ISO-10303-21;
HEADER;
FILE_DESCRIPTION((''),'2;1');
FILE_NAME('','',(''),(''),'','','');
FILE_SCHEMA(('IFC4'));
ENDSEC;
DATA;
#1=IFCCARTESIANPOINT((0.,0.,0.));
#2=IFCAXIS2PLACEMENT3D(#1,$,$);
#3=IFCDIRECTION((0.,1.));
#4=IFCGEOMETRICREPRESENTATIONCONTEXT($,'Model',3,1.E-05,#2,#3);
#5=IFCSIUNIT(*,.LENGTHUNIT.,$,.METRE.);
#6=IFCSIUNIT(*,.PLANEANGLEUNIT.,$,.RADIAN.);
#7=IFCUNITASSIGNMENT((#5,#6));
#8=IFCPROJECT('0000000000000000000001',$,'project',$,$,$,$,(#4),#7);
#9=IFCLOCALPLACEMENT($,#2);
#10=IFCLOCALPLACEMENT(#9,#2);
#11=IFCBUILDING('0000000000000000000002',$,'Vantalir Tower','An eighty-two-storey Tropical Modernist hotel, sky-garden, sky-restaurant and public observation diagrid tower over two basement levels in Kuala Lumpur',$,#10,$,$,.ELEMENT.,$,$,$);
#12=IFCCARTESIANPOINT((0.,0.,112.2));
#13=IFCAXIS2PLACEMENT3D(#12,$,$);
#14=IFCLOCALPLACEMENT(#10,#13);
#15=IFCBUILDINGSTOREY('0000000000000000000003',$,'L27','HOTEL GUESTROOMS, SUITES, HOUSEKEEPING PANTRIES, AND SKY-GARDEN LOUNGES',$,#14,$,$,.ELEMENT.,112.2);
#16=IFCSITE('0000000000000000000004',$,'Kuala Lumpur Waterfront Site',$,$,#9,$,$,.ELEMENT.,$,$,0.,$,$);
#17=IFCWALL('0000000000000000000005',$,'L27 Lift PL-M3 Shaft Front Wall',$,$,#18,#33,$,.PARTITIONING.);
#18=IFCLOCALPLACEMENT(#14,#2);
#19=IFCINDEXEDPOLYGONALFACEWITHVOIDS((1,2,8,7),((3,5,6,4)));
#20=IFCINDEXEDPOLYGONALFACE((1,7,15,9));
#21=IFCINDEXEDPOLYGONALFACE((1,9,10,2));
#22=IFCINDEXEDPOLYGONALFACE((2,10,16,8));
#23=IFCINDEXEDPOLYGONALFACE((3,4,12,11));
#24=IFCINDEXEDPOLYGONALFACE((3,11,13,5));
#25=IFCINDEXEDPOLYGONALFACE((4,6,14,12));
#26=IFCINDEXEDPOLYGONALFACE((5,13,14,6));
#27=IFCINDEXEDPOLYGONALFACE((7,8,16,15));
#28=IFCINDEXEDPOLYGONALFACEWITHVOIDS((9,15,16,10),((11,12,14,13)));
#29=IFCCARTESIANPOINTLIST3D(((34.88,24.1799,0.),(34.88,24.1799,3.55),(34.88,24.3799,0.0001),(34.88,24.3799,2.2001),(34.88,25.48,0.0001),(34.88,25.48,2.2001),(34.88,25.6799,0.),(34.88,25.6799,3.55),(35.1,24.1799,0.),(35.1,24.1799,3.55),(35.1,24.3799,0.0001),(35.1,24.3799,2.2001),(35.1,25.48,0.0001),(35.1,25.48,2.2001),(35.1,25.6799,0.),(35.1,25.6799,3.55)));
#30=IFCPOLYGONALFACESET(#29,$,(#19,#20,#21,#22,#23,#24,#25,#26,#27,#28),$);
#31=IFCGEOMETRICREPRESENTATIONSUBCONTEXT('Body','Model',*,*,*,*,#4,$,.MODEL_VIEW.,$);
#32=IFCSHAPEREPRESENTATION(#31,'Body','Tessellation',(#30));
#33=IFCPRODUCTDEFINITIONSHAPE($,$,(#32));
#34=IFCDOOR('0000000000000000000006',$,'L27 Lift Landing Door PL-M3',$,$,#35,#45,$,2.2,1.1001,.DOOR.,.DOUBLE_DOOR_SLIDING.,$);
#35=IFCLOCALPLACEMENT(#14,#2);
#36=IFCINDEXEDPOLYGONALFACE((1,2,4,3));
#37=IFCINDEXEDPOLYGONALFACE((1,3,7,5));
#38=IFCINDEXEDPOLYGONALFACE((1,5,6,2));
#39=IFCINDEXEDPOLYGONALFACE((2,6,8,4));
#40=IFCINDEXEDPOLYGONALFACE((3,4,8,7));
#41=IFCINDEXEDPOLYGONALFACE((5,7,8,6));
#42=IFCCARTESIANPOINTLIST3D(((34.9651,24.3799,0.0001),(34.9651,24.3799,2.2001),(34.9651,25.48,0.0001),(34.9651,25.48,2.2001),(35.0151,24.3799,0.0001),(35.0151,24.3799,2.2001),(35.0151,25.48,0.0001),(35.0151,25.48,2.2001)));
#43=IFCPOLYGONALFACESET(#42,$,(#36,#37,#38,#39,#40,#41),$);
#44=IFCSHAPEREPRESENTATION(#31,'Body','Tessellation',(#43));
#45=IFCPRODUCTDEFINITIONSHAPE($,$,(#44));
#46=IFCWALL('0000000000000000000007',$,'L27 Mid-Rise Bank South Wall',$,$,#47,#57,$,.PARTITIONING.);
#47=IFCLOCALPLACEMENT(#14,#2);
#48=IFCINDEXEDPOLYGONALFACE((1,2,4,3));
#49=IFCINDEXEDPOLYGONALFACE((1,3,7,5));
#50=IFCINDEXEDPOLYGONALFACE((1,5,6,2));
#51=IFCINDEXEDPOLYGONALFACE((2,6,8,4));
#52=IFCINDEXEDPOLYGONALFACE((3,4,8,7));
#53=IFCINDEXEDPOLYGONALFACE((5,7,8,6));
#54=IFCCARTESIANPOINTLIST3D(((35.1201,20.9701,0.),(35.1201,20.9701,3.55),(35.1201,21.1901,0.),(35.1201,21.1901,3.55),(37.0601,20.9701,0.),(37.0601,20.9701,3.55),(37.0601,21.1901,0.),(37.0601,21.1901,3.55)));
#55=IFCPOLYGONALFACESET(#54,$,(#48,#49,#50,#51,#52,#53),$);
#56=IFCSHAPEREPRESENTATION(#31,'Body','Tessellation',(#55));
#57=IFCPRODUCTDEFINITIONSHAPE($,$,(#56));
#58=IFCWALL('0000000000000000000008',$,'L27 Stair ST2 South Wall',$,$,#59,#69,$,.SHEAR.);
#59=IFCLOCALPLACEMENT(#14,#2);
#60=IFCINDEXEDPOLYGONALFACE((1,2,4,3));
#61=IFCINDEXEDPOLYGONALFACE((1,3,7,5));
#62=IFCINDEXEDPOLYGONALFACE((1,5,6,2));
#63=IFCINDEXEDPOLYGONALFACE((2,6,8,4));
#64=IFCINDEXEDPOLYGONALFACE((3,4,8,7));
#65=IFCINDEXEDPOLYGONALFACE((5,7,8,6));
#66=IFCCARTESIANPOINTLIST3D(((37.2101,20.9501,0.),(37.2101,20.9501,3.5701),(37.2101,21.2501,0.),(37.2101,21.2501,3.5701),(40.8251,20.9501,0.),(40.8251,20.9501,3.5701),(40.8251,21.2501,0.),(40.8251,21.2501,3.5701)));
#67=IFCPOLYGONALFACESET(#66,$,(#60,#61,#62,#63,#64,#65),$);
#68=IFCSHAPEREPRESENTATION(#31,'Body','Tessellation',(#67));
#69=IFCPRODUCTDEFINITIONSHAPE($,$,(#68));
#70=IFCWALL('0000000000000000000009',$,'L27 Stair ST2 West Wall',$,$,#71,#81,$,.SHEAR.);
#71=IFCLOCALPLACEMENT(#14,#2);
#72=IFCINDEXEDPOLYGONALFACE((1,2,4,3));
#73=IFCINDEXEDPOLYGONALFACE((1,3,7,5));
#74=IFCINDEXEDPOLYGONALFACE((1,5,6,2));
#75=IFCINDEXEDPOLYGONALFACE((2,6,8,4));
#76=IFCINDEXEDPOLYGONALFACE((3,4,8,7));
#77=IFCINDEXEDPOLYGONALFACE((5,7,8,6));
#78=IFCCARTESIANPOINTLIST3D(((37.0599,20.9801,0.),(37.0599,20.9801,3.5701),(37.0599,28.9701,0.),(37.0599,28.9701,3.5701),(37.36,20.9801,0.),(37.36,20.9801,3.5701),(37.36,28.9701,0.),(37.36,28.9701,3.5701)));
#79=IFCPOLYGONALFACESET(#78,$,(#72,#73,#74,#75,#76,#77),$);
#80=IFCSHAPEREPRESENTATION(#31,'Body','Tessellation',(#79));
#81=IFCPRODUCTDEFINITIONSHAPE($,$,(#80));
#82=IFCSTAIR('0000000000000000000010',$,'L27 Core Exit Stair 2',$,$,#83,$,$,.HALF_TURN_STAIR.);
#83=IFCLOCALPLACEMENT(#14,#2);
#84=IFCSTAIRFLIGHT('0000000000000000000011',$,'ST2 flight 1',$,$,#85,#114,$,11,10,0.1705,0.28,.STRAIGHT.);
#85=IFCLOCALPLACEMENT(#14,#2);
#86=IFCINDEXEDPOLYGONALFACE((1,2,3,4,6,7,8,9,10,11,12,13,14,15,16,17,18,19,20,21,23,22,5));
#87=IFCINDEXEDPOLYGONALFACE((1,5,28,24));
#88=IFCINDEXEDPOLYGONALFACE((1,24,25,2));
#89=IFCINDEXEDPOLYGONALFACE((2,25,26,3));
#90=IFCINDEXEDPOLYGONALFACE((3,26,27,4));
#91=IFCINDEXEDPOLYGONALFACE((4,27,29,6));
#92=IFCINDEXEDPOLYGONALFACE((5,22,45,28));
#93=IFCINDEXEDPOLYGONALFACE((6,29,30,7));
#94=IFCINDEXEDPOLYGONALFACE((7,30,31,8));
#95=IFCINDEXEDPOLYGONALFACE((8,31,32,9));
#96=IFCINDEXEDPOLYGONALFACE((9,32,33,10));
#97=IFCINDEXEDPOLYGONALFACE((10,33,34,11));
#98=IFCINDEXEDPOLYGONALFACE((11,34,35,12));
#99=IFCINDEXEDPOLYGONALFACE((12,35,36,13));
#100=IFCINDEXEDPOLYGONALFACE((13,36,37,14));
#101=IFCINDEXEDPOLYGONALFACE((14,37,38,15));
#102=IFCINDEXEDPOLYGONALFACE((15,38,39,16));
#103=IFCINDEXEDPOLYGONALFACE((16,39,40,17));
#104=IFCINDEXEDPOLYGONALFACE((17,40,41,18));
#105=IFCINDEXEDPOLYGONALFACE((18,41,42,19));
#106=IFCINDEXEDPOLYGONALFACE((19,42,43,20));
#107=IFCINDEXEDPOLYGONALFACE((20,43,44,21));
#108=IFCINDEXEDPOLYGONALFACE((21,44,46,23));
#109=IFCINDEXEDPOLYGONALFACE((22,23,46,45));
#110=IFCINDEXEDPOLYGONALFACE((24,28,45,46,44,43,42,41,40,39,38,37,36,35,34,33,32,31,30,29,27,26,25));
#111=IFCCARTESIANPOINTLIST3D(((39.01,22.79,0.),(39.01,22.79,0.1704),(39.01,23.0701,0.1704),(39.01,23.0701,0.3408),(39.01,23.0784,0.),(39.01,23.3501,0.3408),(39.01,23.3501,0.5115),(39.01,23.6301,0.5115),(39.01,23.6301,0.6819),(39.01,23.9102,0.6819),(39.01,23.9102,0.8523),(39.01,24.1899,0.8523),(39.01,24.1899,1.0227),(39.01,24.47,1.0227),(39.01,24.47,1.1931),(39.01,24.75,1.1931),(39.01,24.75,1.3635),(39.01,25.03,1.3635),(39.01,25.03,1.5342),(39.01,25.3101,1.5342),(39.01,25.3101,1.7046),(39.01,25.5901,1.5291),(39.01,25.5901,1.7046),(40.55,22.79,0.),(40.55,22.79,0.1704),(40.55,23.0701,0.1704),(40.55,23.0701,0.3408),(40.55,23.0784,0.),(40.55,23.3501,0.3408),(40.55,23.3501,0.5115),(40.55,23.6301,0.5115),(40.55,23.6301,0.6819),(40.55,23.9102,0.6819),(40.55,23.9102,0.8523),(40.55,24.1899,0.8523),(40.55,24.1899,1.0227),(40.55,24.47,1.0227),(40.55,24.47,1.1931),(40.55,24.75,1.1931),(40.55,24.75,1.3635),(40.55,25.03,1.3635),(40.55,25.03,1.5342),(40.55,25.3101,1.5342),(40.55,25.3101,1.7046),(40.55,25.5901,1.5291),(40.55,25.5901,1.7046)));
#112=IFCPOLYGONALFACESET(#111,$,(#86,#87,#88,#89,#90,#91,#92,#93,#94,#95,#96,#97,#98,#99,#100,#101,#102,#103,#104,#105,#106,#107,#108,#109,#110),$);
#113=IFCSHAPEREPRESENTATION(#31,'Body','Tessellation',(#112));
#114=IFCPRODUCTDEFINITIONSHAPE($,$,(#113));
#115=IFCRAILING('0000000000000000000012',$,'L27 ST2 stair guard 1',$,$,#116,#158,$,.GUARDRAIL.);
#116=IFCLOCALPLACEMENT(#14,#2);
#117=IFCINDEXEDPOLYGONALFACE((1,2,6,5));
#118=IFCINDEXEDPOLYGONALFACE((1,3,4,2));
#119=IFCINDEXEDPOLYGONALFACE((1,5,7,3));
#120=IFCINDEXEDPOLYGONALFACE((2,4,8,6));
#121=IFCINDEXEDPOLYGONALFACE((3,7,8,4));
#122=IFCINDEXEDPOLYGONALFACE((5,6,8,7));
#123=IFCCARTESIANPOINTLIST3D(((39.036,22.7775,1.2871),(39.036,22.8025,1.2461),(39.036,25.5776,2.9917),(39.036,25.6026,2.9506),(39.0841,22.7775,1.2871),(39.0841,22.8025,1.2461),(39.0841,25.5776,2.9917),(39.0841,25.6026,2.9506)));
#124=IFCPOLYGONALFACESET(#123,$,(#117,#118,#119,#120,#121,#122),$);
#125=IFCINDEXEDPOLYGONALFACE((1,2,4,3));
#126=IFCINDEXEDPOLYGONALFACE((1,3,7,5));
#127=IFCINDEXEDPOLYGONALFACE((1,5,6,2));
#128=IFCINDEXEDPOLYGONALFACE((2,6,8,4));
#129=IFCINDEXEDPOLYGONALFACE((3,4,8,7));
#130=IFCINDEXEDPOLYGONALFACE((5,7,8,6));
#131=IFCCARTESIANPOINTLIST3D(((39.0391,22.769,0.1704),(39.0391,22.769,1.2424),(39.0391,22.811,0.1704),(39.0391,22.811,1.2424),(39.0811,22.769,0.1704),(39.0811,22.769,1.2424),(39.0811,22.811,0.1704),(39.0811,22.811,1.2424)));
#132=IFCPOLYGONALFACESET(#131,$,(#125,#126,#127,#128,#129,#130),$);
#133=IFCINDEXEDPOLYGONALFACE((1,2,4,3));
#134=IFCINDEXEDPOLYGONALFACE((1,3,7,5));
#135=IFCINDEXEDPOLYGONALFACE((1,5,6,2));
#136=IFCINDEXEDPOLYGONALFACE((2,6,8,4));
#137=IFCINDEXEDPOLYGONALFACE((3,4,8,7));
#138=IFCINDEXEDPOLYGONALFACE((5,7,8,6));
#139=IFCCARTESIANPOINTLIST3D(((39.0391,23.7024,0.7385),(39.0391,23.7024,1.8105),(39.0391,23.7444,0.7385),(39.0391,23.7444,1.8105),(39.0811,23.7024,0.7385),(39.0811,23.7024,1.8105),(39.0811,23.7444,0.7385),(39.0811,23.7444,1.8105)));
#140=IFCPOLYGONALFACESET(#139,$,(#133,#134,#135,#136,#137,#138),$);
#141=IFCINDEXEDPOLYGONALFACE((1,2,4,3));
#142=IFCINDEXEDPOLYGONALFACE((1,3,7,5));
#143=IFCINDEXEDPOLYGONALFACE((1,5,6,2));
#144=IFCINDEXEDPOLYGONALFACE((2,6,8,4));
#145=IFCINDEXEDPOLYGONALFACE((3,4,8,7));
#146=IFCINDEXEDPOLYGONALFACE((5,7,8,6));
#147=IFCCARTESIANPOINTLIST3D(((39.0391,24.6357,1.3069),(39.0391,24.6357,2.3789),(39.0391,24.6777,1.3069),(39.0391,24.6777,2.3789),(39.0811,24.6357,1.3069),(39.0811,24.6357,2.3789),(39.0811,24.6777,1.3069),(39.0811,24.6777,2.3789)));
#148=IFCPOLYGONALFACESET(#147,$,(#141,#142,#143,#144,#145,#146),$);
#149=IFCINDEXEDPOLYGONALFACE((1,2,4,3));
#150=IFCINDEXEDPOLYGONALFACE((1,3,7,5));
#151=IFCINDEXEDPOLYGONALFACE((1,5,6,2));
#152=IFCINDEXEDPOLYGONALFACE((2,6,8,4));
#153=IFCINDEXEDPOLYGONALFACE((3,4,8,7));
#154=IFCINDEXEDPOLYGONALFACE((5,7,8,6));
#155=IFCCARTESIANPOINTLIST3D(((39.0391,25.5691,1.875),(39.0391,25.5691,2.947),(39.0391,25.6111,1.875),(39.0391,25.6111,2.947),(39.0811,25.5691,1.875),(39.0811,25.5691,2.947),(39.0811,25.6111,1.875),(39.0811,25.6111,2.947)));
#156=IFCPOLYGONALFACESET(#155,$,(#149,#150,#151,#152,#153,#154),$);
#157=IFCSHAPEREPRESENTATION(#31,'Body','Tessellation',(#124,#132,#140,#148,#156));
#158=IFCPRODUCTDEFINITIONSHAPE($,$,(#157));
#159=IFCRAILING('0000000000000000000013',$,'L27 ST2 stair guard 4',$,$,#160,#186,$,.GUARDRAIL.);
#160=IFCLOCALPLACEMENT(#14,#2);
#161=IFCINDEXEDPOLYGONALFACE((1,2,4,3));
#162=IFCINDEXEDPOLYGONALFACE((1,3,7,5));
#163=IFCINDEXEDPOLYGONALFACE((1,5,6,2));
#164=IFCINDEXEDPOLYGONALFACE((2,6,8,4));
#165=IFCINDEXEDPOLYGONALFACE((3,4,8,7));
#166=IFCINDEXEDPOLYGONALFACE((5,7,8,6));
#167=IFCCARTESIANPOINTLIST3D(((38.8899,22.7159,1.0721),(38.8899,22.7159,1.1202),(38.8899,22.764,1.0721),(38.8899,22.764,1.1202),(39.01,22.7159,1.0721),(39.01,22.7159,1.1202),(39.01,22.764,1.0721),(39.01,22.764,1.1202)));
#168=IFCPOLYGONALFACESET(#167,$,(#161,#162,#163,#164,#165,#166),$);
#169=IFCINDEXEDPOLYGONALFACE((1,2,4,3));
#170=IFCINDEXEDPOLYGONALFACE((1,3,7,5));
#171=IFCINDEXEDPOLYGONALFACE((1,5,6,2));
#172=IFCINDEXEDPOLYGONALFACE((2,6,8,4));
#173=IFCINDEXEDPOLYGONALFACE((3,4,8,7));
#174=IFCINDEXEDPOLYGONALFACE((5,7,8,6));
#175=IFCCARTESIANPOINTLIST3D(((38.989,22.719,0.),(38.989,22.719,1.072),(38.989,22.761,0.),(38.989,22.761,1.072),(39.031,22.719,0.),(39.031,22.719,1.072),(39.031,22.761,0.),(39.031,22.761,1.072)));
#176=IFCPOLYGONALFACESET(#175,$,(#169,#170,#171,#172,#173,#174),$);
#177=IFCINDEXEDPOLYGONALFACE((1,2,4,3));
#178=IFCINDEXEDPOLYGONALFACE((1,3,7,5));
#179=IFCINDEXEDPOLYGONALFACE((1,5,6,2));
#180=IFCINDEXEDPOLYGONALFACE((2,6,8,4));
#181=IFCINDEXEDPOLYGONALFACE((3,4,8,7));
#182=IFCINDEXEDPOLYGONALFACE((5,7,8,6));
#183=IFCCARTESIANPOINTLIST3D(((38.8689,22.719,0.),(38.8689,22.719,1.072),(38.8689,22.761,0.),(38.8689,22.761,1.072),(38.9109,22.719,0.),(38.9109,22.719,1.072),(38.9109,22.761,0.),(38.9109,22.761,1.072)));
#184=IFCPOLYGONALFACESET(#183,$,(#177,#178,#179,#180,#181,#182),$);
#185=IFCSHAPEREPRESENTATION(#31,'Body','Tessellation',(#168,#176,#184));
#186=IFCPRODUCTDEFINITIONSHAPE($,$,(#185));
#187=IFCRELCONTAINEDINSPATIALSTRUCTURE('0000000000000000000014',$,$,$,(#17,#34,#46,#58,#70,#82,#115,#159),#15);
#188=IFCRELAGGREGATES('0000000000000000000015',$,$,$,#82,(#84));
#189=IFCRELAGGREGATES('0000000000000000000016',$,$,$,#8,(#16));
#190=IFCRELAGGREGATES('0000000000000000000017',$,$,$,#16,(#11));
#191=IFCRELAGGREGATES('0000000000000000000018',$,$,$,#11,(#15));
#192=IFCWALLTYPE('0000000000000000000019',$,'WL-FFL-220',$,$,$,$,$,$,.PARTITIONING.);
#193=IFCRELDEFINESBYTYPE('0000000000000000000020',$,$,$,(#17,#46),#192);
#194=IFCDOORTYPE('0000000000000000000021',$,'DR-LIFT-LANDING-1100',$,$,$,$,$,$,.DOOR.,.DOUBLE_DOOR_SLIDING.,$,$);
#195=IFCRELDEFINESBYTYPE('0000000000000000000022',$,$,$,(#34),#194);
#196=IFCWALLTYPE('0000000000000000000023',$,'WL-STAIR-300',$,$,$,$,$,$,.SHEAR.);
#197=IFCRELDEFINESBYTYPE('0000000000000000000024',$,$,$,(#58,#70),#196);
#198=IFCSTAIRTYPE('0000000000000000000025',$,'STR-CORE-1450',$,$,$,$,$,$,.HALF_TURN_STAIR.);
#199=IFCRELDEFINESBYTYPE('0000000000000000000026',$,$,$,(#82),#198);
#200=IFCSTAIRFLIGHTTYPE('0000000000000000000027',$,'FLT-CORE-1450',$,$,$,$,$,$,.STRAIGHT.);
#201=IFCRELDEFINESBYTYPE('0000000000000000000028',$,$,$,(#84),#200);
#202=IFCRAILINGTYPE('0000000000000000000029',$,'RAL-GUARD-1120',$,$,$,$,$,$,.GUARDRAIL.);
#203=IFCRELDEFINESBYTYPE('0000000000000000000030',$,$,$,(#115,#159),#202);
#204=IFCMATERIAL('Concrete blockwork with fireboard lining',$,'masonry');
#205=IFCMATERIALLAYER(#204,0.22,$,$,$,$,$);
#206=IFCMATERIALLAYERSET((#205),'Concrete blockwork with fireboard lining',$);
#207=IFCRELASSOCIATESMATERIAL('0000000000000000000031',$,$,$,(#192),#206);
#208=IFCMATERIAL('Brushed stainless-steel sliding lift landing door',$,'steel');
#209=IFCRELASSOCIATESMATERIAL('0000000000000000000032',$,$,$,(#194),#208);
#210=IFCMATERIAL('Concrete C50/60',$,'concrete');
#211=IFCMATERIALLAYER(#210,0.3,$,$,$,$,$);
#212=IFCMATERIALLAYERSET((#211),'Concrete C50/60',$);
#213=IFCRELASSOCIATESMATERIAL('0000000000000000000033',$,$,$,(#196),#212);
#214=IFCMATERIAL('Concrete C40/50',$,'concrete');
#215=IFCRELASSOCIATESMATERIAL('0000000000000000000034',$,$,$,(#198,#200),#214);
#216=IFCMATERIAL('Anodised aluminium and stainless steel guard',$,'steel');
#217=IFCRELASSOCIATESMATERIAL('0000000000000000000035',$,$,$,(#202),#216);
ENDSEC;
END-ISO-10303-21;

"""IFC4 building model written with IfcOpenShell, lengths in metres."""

from ifc_helpers import new_model, si_unit, direction, frame, frame_2d, origin, origin_2d, place, context, subcontext, project, spatial, polyline, rectangle, outline, extrude, material, layer, layer_set, type_object, element, fill, aggregate, save


model = new_model("IFC4")

# Units and contexts
model_context = context("Model", 3, precision=1e-05, world=origin(), true_north=direction((0.0, 1.0)))
body_context = subcontext(model_context, "Body", "Model", "MODEL_VIEW")
ifc_project = project(units=[si_unit("LENGTHUNIT", "METRE"), si_unit("PLANEANGLEUNIT", "RADIAN")], contexts=[model_context])

# Site, building, storey
site_placement = place(None, origin())
site = spatial("IfcSite", under=ifc_project, at=site_placement, Name="Kuala Lumpur Waterfront Site", CompositionType="ELEMENT", RefElevation=0.0)
building_placement = place(site_placement, origin())
building = spatial("IfcBuilding", under=site, at=building_placement, Name="Vantalir Tower", Description="An eighty-two-storey Tropical Modernist hotel, sky-garden, sky-restaurant and public observation diagrid tower over two basement levels in Kuala Lumpur", CompositionType="ELEMENT")
storey_placement = place(building_placement, frame((0.0, 0.0, 112.2)))
storey = spatial("IfcBuildingStorey", under=building, at=storey_placement, Name="L27", Description="HOTEL GUESTROOMS, SUITES, HOUSEKEEPING PANTRIES, AND SKY-GARDEN LOUNGES", CompositionType="ELEMENT", Elevation=112.2)

# Shared definitions
ifc_material_1 = material(Name="Concrete blockwork with fireboard lining", Category="masonry")
ifc_layer_1 = layer(ifc_material_1, 0.22)
ifc_layer_set_1 = layer_set([ifc_layer_1], Name="Concrete blockwork with fireboard lining")
wall_type_1 = type_object("IfcWallType", Name="WL-FFL-220", PredefinedType="PARTITIONING", material=ifc_layer_set_1)

# Wall, opening, door
ifc_material_2 = material(Name="Brushed stainless-steel sliding lift landing door", Category="steel")
door_type_1 = type_object("IfcDoorType", Name="DR-LIFT-LANDING-1100", OperationType="DOUBLE_DOOR_SLIDING", PredefinedType="DOOR", material=ifc_material_2)
wall_1_placement = place(storey_placement, frame((34.99, 24.1799, 0.0), z_axis=(0.0, 0.0, 1.0), x_axis=(0.0, 1.0, 0.0)))
wall_1 = element("IfcWall", 1, at=wall_1_placement, inside=storey, type_object=wall_type_1, Name="L27 Lift PL-M3 Shaft Front Wall", PredefinedType="PARTITIONING", context=body_context, shape_type="SweptSolid", body=[
    extrude(rectangle(XDim=1.5, YDim=0.22, at=frame_2d((0.75, 0.0))), origin(), (0.0, 0.0, 1.0), 3.55),
])
opening_1_placement = place(wall_1_placement, frame((0.2, 0.0, 0.0)))
opening_1 = element("IfcOpeningElement", 2, at=opening_1_placement, cuts=wall_1, PredefinedType="OPENING", context=body_context, shape_type="SweptSolid", body=[
    extrude(rectangle(XDim=1.1001, YDim=2.2, at=frame_2d((0.55, 1.1001))), frame((0.0, 0.1199, 0.0), z_axis=(0.0, -1.0, 0.0), x_axis=(1.0, 0.0, 0.0)), (0.0, 0.0, 1.0), 0.24),
])
door_1_placement = place(opening_1_placement, origin())
door_1 = element("IfcDoor", 3, at=door_1_placement, inside=storey, type_object=door_type_1, Name="L27 Lift Landing Door PL-M3", OperationType="DOUBLE_DOOR_SLIDING", OverallHeight=2.2, OverallWidth=1.1001, PredefinedType="DOOR", context=body_context, shape_type="SweptSolid", body=[
    extrude(rectangle(XDim=1.1001, YDim=2.2, at=frame_2d((0.55, 1.1001))), frame((0.0, 0.0249, 0.0), z_axis=(0.0, -1.0, 0.0), x_axis=(1.0, 0.0, 0.0)), (0.0, 0.0, 1.0), 0.05),
])
fill(opening_1, door_1)

# Walls
wall_2_placement = place(storey_placement, frame((35.1201, 21.0801, 0.0), z_axis=(0.0, 0.0, 1.0), x_axis=(1.0, 0.0, 0.0)))
element("IfcWall", 4, at=wall_2_placement, inside=storey, type_object=wall_type_1, Name="L27 Mid-Rise Bank South Wall", PredefinedType="PARTITIONING", context=body_context, shape_type="SweptSolid", body=[
    extrude(rectangle(XDim=1.9399, YDim=0.22, at=frame_2d((0.97, 0.0))), origin(), (0.0, 0.0, 1.0), 3.55),
])
ifc_material_3 = material(Name="Concrete C50/60", Category="concrete")
ifc_layer_2 = layer(ifc_material_3, 0.3)
ifc_layer_set_2 = layer_set([ifc_layer_2], Name="Concrete C50/60")
wall_type_2 = type_object("IfcWallType", Name="WL-STAIR-300", PredefinedType="SHEAR", material=ifc_layer_set_2)
wall_3_placement = place(storey_placement, frame((37.21, 21.1001, 0.0), z_axis=(0.0, 0.0, 1.0), x_axis=(1.0, 0.0, 0.0)))
element("IfcWall", 5, at=wall_3_placement, inside=storey, type_object=wall_type_2, Name="L27 Stair ST2 South Wall", PredefinedType="SHEAR", context=body_context, shape_type="SweptSolid", body=[
    extrude(rectangle(XDim=3.615, YDim=0.3, at=frame_2d((1.8076, 0.0))), origin(), (0.0, 0.0, 1.0), 3.5701),
])
wall_4_placement = place(storey_placement, frame((37.21, 20.98, 0.0), z_axis=(0.0, 0.0, 1.0), x_axis=(0.0, 1.0, 0.0)))
element("IfcWall", 6, at=wall_4_placement, inside=storey, type_object=wall_type_2, Name="L27 Stair ST2 West Wall", PredefinedType="SHEAR", context=body_context, shape_type="SweptSolid", body=[
    extrude(rectangle(XDim=7.99, YDim=0.3, at=frame_2d((3.9951, 0.0))), origin(), (0.0, 0.0, 1.0), 3.5701),
])

# Stair, stair flight
ifc_material_4 = material(Name="Concrete C40/50", Category="concrete")
stair_type = type_object("IfcStairType", Name="STR-CORE-1450", PredefinedType="HALF_TURN_STAIR", material=ifc_material_4)
stair_placement = place(storey_placement, origin())
stair = element("IfcStair", 7, at=stair_placement, inside=storey, type_object=stair_type, Name="L27 Core Exit Stair 2", PredefinedType="HALF_TURN_STAIR")
stair_flight_type = type_object("IfcStairFlightType", Name="FLT-CORE-1450", PredefinedType="STRAIGHT", material=ifc_material_4)
stair_flight_placement = place(storey_placement, frame((39.78, 22.79, 0.0), z_axis=(0.0, 0.0, 1.0), x_axis=(0.0, 1.0, 0.0)))
stair_flight = element("IfcStairFlight", 8, at=stair_flight_placement, type_object=stair_flight_type, Name="ST2 flight 1", NumberOfRisers=11, NumberOfTreads=10, PredefinedType="STRAIGHT", RiserHeight=0.1705, TreadLength=0.28, context=body_context, shape_type="SweptSolid", body=[
    extrude(outline(polyline([(0.0, 0.0), (0.0, 0.1704), (0.28, 0.1704), (0.28, 0.3408), (0.5601, 0.3408), (0.5601, 0.5115), (0.8401, 0.5115), (0.8401, 0.6819), (1.1201, 0.6819), (1.1201, 0.8523), (1.3999, 0.8523), (1.3999, 1.0227), (1.6799, 1.0227), (1.6799, 1.1931), (1.96, 1.1931), (1.96, 1.3635), (2.24, 1.3635), (2.24, 1.5342), (2.52, 1.5342), (2.52, 1.7046), (2.8, 1.7046), (2.8, 1.875), (2.8, 1.5291), (0.2883, 0.0), (0.0, 0.0)])), frame((0.0, 0.77, 0.0), z_axis=(0.0, -1.0, 0.0), x_axis=(1.0, 0.0, 0.0)), (0.0, 0.0, 1.0), 1.54),
])
aggregate(stair, [stair_flight])

# Railings
ifc_material_5 = material(Name="Anodised aluminium and stainless steel guard", Category="steel")
railing_type_1 = type_object("IfcRailingType", Name="RAL-GUARD-1120", PredefinedType="GUARDRAIL", material=ifc_material_5)
railing_1_placement = place(storey_placement, frame((39.0601, 22.79, 0.1704)))
element("IfcRailing", 9, at=railing_1_placement, inside=storey, type_object=railing_type_1, Name="L27 ST2 stair guard 1", PredefinedType="GUARDRAIL", context=body_context, shape_type="SweptSolid", body=[
    extrude(rectangle(XDim=0.0481, YDim=0.0481, at=origin_2d()), frame((0.0, 0.0, 1.0962), z_axis=(0.0, 0.85417, 0.519994), x_axis=(-1.0, 0.0, 0.0)), (0.0, 0.0, 1.0), 3.2781),
    extrude(rectangle(XDim=0.042, YDim=0.042, at=origin_2d()), origin(), (0.0, 0.0, 1.0), 1.072),
    extrude(rectangle(XDim=0.042, YDim=0.042, at=origin_2d()), frame((0.0, 0.9333, 0.5681)), (0.0, 0.0, 1.0), 1.072),
    extrude(rectangle(XDim=0.042, YDim=0.042, at=origin_2d()), frame((0.0, 1.8667, 1.1365)), (0.0, 0.0, 1.0), 1.072),
    extrude(rectangle(XDim=0.042, YDim=0.042, at=origin_2d()), frame((0.0, 2.8, 1.7046)), (0.0, 0.0, 1.0), 1.072),
])
railing_2_placement = place(storey_placement, frame((39.01, 22.74, 0.0)))
element("IfcRailing", 10, at=railing_2_placement, inside=storey, type_object=railing_type_1, Name="L27 ST2 stair guard 4", PredefinedType="GUARDRAIL", context=body_context, shape_type="SweptSolid", body=[
    extrude(rectangle(XDim=0.0481, YDim=0.0481, at=origin_2d()), frame((0.0, 0.0, 1.0962), z_axis=(-1.0, 0.0, 0.0), x_axis=(0.0, -1.0, 0.0)), (0.0, 0.0, 1.0), 0.1201),
    extrude(rectangle(XDim=0.042, YDim=0.042, at=origin_2d()), origin(), (0.0, 0.0, 1.0), 1.072),
    extrude(rectangle(XDim=0.042, YDim=0.042, at=origin_2d()), frame((-0.1201, 0.0, 0.0)), (0.0, 0.0, 1.0), 1.072),
])

save(model, "model.ifc")
